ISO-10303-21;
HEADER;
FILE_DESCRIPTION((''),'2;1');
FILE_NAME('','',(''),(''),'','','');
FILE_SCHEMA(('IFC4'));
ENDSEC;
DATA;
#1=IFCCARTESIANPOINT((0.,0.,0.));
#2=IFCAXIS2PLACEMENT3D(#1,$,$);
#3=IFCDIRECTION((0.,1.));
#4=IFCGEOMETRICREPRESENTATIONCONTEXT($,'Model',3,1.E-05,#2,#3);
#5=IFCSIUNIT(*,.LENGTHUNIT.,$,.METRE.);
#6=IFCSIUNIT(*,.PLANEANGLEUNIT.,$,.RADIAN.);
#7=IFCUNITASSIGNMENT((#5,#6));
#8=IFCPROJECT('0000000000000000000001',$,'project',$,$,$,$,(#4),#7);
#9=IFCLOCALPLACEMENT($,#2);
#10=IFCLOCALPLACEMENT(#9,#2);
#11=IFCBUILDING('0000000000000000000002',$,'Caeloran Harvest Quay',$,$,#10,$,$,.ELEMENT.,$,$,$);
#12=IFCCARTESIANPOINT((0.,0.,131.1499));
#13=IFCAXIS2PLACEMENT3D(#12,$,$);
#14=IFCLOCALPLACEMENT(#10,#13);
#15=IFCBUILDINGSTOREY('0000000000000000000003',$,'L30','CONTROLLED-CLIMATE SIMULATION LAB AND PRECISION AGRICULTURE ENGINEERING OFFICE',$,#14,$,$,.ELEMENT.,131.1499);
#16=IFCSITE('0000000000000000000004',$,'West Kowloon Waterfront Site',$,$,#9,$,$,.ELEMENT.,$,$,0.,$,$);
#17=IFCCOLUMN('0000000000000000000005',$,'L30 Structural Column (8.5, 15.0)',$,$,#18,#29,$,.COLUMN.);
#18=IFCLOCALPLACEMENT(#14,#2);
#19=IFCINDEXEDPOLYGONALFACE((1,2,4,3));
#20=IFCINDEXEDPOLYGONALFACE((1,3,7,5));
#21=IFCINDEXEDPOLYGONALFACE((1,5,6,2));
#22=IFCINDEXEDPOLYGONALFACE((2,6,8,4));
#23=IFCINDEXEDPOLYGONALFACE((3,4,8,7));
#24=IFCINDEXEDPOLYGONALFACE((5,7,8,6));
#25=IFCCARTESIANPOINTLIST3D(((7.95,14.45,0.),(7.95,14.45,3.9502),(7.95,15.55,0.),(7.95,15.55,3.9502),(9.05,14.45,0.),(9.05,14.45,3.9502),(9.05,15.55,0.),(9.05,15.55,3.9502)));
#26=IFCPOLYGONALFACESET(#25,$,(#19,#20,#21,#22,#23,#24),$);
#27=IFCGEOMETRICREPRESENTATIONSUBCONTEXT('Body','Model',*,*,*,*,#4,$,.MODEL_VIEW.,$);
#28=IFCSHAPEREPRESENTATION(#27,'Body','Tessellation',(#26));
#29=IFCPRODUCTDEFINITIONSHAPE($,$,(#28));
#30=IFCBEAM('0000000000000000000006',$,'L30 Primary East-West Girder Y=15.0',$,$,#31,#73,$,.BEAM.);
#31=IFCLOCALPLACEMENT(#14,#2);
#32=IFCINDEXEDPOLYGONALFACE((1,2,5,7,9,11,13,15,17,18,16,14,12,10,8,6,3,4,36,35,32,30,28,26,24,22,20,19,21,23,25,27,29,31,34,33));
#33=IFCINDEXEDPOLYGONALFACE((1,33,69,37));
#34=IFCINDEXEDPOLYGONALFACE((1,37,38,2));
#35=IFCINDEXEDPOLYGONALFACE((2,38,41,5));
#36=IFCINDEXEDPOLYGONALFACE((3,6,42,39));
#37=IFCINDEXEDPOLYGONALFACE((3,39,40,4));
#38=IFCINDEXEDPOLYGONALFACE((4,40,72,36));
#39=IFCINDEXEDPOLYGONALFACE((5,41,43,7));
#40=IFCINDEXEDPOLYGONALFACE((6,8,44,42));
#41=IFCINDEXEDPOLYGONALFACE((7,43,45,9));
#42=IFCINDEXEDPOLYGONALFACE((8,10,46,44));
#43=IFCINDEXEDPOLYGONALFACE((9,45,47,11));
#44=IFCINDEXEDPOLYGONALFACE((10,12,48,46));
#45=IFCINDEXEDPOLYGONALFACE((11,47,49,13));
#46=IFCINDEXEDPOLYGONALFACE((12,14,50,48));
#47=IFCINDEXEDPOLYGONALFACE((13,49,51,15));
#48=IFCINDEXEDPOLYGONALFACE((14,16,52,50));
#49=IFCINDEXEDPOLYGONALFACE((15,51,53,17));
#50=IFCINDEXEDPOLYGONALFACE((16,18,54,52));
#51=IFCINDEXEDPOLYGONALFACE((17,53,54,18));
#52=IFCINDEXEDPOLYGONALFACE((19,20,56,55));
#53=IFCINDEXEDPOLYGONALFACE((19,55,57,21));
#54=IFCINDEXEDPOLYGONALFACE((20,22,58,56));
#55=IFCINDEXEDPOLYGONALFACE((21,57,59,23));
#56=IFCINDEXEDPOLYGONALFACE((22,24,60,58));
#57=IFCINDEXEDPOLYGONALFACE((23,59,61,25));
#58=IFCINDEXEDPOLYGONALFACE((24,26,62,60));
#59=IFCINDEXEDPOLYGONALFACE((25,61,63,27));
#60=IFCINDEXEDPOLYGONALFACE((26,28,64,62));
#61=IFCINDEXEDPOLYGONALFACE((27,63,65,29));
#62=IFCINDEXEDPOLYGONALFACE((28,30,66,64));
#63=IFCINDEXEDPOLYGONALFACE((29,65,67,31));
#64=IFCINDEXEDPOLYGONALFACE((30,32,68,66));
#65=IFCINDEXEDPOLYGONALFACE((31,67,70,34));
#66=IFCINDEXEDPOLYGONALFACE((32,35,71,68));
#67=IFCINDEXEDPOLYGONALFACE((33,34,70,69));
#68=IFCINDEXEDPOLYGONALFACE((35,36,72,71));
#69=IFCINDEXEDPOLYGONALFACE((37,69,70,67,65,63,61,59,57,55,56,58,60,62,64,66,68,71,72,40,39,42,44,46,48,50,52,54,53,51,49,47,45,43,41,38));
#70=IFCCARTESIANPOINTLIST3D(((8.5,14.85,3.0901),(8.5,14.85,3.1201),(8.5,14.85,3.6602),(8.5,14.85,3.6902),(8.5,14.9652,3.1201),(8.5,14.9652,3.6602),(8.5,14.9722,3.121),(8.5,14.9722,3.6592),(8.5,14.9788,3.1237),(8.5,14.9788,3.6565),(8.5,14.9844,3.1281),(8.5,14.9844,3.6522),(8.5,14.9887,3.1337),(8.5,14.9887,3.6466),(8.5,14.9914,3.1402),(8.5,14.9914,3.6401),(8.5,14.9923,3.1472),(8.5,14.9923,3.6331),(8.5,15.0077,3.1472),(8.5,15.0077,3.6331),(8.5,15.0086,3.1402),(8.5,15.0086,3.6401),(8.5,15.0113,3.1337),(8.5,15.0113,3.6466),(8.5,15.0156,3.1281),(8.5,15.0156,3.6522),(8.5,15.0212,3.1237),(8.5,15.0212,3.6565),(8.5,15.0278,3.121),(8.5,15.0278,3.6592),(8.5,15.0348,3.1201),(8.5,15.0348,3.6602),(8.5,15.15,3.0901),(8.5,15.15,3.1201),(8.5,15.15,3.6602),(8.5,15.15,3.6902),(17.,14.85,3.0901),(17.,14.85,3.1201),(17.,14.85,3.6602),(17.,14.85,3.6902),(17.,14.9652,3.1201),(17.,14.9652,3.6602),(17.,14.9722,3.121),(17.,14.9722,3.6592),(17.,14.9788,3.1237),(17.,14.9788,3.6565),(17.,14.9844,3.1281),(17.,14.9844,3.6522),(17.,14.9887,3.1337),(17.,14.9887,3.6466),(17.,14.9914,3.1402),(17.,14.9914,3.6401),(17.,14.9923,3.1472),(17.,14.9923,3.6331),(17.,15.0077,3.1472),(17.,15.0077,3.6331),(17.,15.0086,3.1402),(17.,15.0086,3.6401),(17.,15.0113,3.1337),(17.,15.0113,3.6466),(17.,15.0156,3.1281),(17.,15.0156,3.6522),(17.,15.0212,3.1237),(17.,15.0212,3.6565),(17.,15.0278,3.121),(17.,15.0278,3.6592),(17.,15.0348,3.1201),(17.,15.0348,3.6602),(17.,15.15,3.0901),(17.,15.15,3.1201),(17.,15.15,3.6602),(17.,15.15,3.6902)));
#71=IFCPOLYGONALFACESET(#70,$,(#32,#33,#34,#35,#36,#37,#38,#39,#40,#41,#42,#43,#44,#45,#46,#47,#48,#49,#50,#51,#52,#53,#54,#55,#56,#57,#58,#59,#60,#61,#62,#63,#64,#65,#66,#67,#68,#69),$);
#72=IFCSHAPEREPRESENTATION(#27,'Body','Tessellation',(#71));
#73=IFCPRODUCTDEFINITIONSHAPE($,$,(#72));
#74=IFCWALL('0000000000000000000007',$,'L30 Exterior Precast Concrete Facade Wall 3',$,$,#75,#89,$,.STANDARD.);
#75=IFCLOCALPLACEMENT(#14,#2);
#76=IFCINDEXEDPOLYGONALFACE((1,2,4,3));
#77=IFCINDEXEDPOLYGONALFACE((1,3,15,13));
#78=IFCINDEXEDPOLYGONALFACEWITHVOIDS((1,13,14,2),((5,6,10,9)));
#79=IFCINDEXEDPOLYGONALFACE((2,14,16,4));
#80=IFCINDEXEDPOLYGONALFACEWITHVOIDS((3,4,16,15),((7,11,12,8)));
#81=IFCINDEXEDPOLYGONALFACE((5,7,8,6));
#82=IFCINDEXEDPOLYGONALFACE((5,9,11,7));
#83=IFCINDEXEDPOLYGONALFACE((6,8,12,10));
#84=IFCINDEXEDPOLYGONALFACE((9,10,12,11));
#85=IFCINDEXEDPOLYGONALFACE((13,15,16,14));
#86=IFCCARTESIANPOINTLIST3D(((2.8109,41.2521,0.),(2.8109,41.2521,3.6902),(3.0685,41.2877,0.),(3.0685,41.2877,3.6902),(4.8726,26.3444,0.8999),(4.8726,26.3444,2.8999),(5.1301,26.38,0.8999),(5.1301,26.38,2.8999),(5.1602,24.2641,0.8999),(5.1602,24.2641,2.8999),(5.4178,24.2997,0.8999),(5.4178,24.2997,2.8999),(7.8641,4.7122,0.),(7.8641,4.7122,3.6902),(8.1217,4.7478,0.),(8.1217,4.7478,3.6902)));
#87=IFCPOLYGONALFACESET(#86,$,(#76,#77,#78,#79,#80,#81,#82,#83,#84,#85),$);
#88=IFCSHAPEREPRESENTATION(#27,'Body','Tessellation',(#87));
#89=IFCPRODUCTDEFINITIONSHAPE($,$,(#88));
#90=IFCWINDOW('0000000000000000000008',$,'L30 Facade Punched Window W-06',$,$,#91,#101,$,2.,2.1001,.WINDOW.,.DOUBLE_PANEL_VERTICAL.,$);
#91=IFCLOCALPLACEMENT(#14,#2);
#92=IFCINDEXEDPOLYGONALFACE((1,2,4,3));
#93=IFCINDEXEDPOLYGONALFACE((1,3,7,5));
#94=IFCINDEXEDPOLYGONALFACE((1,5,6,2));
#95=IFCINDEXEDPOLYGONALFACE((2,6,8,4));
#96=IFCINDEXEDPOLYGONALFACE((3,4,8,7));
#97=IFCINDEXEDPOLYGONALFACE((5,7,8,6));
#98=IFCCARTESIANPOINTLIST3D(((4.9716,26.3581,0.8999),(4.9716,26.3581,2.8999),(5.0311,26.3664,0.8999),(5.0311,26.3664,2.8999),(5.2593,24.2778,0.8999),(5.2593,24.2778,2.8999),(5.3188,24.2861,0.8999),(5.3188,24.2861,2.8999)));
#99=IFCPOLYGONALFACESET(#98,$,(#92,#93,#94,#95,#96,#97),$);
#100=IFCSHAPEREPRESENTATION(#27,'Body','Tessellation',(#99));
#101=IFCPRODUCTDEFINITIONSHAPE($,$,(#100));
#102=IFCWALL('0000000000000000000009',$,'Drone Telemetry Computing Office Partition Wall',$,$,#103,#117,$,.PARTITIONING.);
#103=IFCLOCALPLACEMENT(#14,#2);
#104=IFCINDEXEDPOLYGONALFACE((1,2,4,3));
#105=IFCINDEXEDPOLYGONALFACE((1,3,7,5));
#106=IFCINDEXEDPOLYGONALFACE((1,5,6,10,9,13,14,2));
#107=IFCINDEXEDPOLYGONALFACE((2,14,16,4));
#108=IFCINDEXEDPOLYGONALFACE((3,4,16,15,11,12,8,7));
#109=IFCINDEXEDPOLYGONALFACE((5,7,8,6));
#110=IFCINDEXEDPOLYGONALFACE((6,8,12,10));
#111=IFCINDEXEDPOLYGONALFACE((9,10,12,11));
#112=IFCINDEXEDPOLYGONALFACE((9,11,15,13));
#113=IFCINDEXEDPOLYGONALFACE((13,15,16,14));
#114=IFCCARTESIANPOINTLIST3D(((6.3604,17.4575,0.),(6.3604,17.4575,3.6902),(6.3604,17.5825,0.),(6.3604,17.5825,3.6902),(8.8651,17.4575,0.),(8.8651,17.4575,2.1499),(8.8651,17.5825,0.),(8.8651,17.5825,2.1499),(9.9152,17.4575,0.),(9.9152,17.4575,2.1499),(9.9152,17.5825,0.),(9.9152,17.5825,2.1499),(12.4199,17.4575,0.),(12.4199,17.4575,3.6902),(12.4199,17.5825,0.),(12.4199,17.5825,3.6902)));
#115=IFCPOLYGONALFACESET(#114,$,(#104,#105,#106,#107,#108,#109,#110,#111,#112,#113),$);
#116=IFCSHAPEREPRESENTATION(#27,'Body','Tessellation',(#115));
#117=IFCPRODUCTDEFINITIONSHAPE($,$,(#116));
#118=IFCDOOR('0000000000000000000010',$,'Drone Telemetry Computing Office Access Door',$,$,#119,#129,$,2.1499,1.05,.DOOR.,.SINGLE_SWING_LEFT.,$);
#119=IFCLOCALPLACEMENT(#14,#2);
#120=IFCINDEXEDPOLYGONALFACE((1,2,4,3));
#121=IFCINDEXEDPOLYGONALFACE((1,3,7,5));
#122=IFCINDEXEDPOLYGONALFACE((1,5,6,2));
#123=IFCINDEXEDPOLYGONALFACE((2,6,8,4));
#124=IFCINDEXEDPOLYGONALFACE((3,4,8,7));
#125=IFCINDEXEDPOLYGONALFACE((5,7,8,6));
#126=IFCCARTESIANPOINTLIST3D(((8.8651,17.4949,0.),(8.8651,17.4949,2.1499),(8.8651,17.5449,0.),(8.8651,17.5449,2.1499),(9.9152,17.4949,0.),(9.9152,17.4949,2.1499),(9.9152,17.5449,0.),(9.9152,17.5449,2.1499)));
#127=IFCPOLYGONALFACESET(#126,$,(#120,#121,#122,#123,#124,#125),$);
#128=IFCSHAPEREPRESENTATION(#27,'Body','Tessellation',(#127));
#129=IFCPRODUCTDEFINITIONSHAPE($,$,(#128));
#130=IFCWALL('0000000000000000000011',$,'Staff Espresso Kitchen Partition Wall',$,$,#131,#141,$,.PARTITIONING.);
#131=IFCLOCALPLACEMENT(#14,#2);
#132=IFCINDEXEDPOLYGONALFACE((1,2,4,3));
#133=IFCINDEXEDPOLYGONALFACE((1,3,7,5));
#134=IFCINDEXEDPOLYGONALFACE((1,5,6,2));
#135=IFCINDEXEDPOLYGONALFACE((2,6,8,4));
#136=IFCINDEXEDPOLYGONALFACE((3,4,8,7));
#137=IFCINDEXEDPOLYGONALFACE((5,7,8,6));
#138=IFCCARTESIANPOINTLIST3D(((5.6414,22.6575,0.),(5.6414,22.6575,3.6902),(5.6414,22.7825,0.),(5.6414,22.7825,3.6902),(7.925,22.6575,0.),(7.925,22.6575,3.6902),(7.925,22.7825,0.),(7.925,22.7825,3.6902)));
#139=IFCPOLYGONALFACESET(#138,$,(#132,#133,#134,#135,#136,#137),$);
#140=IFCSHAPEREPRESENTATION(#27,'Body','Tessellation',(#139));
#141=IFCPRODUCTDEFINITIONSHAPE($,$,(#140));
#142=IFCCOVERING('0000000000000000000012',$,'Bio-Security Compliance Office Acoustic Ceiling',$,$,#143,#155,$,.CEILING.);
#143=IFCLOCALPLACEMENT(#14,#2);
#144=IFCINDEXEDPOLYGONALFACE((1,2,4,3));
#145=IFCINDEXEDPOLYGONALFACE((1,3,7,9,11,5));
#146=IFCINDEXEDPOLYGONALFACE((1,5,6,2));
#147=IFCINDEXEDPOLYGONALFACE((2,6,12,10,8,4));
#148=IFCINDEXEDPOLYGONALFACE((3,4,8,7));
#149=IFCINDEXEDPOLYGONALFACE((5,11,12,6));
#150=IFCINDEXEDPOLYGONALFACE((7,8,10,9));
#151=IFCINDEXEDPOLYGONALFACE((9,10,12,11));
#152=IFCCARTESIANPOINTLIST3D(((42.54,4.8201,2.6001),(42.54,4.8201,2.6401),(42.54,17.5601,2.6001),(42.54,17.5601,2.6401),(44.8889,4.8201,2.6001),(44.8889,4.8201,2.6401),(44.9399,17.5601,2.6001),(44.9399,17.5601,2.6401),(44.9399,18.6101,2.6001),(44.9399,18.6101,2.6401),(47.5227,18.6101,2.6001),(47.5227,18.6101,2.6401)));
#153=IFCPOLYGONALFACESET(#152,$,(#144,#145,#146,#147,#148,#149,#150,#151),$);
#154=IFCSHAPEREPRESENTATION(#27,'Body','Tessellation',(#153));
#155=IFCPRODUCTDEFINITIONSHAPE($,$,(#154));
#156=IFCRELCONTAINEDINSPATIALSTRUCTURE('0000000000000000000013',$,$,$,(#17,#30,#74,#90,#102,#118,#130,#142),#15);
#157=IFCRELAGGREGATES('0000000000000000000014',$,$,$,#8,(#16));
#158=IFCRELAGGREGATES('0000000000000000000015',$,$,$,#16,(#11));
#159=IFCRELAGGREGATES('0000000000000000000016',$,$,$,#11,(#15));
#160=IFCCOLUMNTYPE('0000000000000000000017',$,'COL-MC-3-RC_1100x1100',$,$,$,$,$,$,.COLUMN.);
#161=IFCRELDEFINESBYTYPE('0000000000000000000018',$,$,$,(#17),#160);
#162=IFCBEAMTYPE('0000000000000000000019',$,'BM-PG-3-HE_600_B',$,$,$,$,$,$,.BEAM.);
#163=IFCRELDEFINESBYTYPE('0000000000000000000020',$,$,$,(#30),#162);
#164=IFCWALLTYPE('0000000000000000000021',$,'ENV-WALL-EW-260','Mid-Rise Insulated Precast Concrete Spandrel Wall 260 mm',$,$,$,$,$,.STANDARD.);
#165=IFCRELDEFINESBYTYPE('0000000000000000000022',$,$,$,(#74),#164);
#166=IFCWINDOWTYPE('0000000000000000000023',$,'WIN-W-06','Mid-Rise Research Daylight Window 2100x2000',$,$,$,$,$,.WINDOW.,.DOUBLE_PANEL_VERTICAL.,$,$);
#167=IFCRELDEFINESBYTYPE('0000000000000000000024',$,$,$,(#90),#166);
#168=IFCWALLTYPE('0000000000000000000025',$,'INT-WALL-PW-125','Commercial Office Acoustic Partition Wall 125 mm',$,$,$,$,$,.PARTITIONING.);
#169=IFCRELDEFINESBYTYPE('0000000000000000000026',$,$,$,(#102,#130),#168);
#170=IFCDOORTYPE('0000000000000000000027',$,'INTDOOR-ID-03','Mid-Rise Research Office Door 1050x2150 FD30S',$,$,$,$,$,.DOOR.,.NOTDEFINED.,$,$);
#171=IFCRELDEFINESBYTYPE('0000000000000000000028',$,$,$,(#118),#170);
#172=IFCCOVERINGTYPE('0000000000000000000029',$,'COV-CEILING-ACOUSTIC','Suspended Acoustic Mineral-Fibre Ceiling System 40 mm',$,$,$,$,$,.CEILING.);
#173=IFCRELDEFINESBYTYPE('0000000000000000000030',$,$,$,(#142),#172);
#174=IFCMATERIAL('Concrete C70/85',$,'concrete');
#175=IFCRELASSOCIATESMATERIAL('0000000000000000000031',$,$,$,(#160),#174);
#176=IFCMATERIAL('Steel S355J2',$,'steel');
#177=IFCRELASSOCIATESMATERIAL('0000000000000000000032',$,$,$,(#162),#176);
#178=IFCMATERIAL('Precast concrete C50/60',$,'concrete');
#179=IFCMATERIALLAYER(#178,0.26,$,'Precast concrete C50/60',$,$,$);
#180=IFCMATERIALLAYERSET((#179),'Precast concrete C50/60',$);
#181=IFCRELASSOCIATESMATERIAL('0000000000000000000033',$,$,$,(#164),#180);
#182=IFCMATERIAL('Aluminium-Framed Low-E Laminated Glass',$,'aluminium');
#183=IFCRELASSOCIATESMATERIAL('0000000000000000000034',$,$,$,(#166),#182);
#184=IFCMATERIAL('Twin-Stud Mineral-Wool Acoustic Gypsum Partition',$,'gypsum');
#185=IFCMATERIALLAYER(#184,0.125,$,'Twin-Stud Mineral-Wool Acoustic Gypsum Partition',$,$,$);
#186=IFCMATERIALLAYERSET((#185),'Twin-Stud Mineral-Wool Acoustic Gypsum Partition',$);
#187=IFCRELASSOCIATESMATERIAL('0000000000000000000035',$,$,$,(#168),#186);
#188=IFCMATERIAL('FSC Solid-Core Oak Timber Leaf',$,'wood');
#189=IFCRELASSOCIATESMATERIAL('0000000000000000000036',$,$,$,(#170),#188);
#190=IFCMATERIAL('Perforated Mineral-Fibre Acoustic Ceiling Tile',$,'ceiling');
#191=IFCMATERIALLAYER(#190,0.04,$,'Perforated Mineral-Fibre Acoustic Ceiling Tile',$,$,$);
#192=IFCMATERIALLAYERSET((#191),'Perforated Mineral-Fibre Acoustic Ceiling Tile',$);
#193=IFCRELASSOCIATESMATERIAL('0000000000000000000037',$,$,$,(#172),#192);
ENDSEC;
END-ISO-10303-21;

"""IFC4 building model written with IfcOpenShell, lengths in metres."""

from ifc_helpers import new_model, si_unit, direction, frame, frame_2d, origin, origin_2d, place, context, subcontext, project, spatial, polyline, rectangle, i_section, outline, extrude, material, layer, layer_set, material_profile, profile_set, type_object, element, fill, save


model = new_model("IFC4")

# Units and contexts
model_context = context("Model", 3, precision=1e-05, world=origin(), true_north=direction((0.0, 1.0)))
body_context = subcontext(model_context, "Body", "Model", "MODEL_VIEW")
ifc_project = project(units=[si_unit("LENGTHUNIT", "METRE"), si_unit("PLANEANGLEUNIT", "RADIAN")], contexts=[model_context])

# Site, building, storey
site_placement = place(None, origin())
site = spatial("IfcSite", under=ifc_project, at=site_placement, Name="West Kowloon Waterfront Site", CompositionType="ELEMENT", RefElevation=0.0)
building_placement = place(site_placement, origin())
building = spatial("IfcBuilding", under=site, at=building_placement, Name="Caeloran Harvest Quay", CompositionType="ELEMENT")
storey_placement = place(building_placement, frame((0.0, 0.0, 131.1499)))
storey = spatial("IfcBuildingStorey", under=building, at=storey_placement, Name="L30", Description="CONTROLLED-CLIMATE SIMULATION LAB AND PRECISION AGRICULTURE ENGINEERING OFFICE", CompositionType="ELEMENT", Elevation=131.1499)

# Column
ifc_material_1 = material(Name="Concrete C70/85", Category="concrete")
ifc_material_profile_1 = material_profile(ifc_material_1, rectangle(XDim=1.1001, YDim=1.1001, at=origin_2d()), Name="RC 1100x1100")
ifc_profile_set_1 = profile_set([ifc_material_profile_1], Name="Concrete C70/85")
column_type = type_object("IfcColumnType", Name="COL-MC-3-RC_1100x1100", PredefinedType="COLUMN", material=ifc_profile_set_1)
column_placement = place(storey_placement, frame((8.5, 15.0, 0.0), z_axis=(0.0, 0.0, 1.0), x_axis=(1.0, 0.0, 0.0)))
element("IfcColumn", 1, at=column_placement, inside=storey, type_object=column_type, Name="L30 Structural Column (8.5, 15.0)", PredefinedType="COLUMN", context=body_context, shape_type="SweptSolid", body=[
    extrude(rectangle(XDim=1.1001, YDim=1.1001, at=origin_2d()), origin(), (0.0, 0.0, 1.0), 3.9502),
])

# Beam
ifc_material_2 = material(Name="Steel S355J2", Category="steel")
ifc_material_profile_2 = material_profile(ifc_material_2, i_section(OverallWidth=0.3, OverallDepth=0.6001, WebThickness=0.0154, FlangeThickness=0.03, FilletRadius=0.0271, at=origin_2d()), Name="HE 600 B")
ifc_profile_set_2 = profile_set([ifc_material_profile_2], Name="Steel S355J2")
beam_type = type_object("IfcBeamType", Name="BM-PG-3-HE_600_B", PredefinedType="BEAM", material=ifc_profile_set_2)
beam_placement = place(storey_placement, frame((8.5, 15.0, 3.3901), z_axis=(1.0, 0.0, 0.0), x_axis=(0.0, 1.0, 0.0)))
element("IfcBeam", 2, at=beam_placement, inside=storey, type_object=beam_type, Name="L30 Primary East-West Girder Y=15.0", PredefinedType="BEAM", context=body_context, shape_type="SweptSolid", body=[
    extrude(i_section(OverallWidth=0.3, OverallDepth=0.6001, WebThickness=0.0154, FlangeThickness=0.03, FilletRadius=0.0271, at=origin_2d()), origin(), (0.0, 0.0, 1.0), 8.5),
])

# Wall, opening, window
ifc_material_3 = material(Name="Precast concrete C50/60", Category="concrete")
ifc_layer_1 = layer(ifc_material_3, 0.26, Name="Precast concrete C50/60")
ifc_layer_set_1 = layer_set([ifc_layer_1], Name="Precast concrete C50/60")
wall_type_1 = type_object("IfcWallType", Name="ENV-WALL-EW-260", Description="Mid-Rise Insulated Precast Concrete Spandrel Wall 260 mm", PredefinedType="STANDARD", material=ifc_layer_set_1)
wall_1_placement = place(storey_placement, frame((7.9929, 4.73, 0.0), z_axis=(0.0, 0.0, 1.0), x_axis=(-0.136989, 0.990573, 0.0)))
wall_1 = element("IfcWall", 3, at=wall_1_placement, inside=storey, type_object=wall_type_1, Name="L30 Exterior Precast Concrete Facade Wall 3", PredefinedType="STANDARD", context=body_context, shape_type="SweptSolid", body=[
    extrude(rectangle(XDim=36.8877, YDim=0.26, at=frame_2d((18.4438, 0.0))), origin(), (0.0, 0.0, 1.0), 3.6902),
])
opening_1_placement = place(wall_1_placement, frame((19.738, 0.0, 0.8999)))
opening_1 = element("IfcOpeningElement", 4, at=opening_1_placement, cuts=wall_1, PredefinedType="OPENING", context=body_context, shape_type="SweptSolid", body=[
    extrude(rectangle(XDim=2.1001, YDim=2.0, at=frame_2d((1.05, 1.0))), frame((0.0, 0.1401, 0.0), z_axis=(0.0, -1.0, 0.0), x_axis=(1.0, 0.0, 0.0)), (0.0, 0.0, 1.0), 0.28),
])
ifc_material_4 = material(Name="Aluminium-Framed Low-E Laminated Glass", Category="aluminium")
window_type = type_object("IfcWindowType", Name="WIN-W-06", Description="Mid-Rise Research Daylight Window 2100x2000", PartitioningType="DOUBLE_PANEL_VERTICAL", PredefinedType="WINDOW", material=ifc_material_4)
window_placement = place(opening_1_placement, origin())
window = element("IfcWindow", 5, at=window_placement, inside=storey, type_object=window_type, Name="L30 Facade Punched Window W-06", OverallHeight=2.0, OverallWidth=2.1001, PartitioningType="DOUBLE_PANEL_VERTICAL", PredefinedType="WINDOW", context=body_context, shape_type="SweptSolid", body=[
    extrude(rectangle(XDim=2.1001, YDim=2.0, at=frame_2d((1.05, 1.0))), frame((0.0, 0.03, 0.0), z_axis=(0.0, -1.0, 0.0), x_axis=(1.0, 0.0, 0.0)), (0.0, 0.0, 1.0), 0.0601),
])
fill(opening_1, window)

# Wall, opening, door
ifc_material_5 = material(Name="Twin-Stud Mineral-Wool Acoustic Gypsum Partition", Category="gypsum")
ifc_layer_2 = layer(ifc_material_5, 0.125, Name="Twin-Stud Mineral-Wool Acoustic Gypsum Partition")
ifc_layer_set_2 = layer_set([ifc_layer_2], Name="Twin-Stud Mineral-Wool Acoustic Gypsum Partition")
wall_type_2 = type_object("IfcWallType", Name="INT-WALL-PW-125", Description="Commercial Office Acoustic Partition Wall 125 mm", PredefinedType="PARTITIONING", material=ifc_layer_set_2)
wall_2_placement = place(storey_placement, frame((6.3604, 17.52, 0.0), z_axis=(0.0, 0.0, 1.0), x_axis=(1.0, 0.0, 0.0)))
wall_2 = element("IfcWall", 6, at=wall_2_placement, inside=storey, type_object=wall_type_2, Name="Drone Telemetry Computing Office Partition Wall", PredefinedType="PARTITIONING", context=body_context, shape_type="SweptSolid", body=[
    extrude(rectangle(XDim=6.0596, YDim=0.125, at=frame_2d((3.0298, 0.0))), origin(), (0.0, 0.0, 1.0), 3.6902),
])
opening_2_placement = place(wall_2_placement, frame((2.5049, 0.0, 0.0)))
opening_2 = element("IfcOpeningElement", 7, at=opening_2_placement, cuts=wall_2, PredefinedType="OPENING", context=body_context, shape_type="SweptSolid", body=[
    extrude(rectangle(XDim=1.05, YDim=2.1499, at=frame_2d((0.5249, 1.075))), frame((0.0, 0.0725, 0.0), z_axis=(0.0, -1.0, 0.0), x_axis=(1.0, 0.0, 0.0)), (0.0, 0.0, 1.0), 0.145),
])
ifc_material_6 = material(Name="FSC Solid-Core Oak Timber Leaf", Category="wood")
door_type = type_object("IfcDoorType", Name="INTDOOR-ID-03", Description="Mid-Rise Research Office Door 1050x2150 FD30S", OperationType="NOTDEFINED", PredefinedType="DOOR", material=ifc_material_6)
door_placement = place(opening_2_placement, origin())
door = element("IfcDoor", 8, at=door_placement, inside=storey, type_object=door_type, Name="Drone Telemetry Computing Office Access Door", OperationType="SINGLE_SWING_LEFT", OverallHeight=2.1499, OverallWidth=1.05, PredefinedType="DOOR", context=body_context, shape_type="SweptSolid", body=[
    extrude(rectangle(XDim=1.05, YDim=2.1499, at=frame_2d((0.5249, 1.075))), frame((0.0, 0.0249, 0.0), z_axis=(0.0, -1.0, 0.0), x_axis=(1.0, 0.0, 0.0)), (0.0, 0.0, 1.0), 0.05),
])
fill(opening_2, door)

# Wall
wall_3_placement = place(storey_placement, frame((5.6414, 22.72, 0.0), z_axis=(0.0, 0.0, 1.0), x_axis=(1.0, 0.0, 0.0)))
element("IfcWall", 9, at=wall_3_placement, inside=storey, type_object=wall_type_2, Name="Staff Espresso Kitchen Partition Wall", PredefinedType="PARTITIONING", context=body_context, shape_type="SweptSolid", body=[
    extrude(rectangle(XDim=2.2837, YDim=0.125, at=frame_2d((1.1418, 0.0))), origin(), (0.0, 0.0, 1.0), 3.6902),
])

# Covering
ifc_material_7 = material(Name="Perforated Mineral-Fibre Acoustic Ceiling Tile", Category="ceiling")
ifc_layer_3 = layer(ifc_material_7, 0.04, Name="Perforated Mineral-Fibre Acoustic Ceiling Tile")
ifc_layer_set_3 = layer_set([ifc_layer_3], Name="Perforated Mineral-Fibre Acoustic Ceiling Tile")
covering_type_1 = type_object("IfcCoveringType", Name="COV-CEILING-ACOUSTIC", Description="Suspended Acoustic Mineral-Fibre Ceiling System 40 mm", PredefinedType="CEILING", material=ifc_layer_set_3)
covering_1_placement = place(storey_placement, frame((0.0, 0.0, 2.6001)))
element("IfcCovering", 10, at=covering_1_placement, inside=storey, type_object=covering_type_1, Name="Bio-Security Compliance Office Acoustic Ceiling", PredefinedType="CEILING", context=body_context, shape_type="SweptSolid", body=[
    extrude(outline(polyline([(44.9399, 17.5601), (44.9399, 18.6101), (47.5227, 18.6101), (44.8889, 4.8201), (42.54, 4.8201), (42.54, 17.5601), (44.9399, 17.5601)])), origin(), (0.0, 0.0, 1.0), 0.04),
])

save(model, "model.ifc")
